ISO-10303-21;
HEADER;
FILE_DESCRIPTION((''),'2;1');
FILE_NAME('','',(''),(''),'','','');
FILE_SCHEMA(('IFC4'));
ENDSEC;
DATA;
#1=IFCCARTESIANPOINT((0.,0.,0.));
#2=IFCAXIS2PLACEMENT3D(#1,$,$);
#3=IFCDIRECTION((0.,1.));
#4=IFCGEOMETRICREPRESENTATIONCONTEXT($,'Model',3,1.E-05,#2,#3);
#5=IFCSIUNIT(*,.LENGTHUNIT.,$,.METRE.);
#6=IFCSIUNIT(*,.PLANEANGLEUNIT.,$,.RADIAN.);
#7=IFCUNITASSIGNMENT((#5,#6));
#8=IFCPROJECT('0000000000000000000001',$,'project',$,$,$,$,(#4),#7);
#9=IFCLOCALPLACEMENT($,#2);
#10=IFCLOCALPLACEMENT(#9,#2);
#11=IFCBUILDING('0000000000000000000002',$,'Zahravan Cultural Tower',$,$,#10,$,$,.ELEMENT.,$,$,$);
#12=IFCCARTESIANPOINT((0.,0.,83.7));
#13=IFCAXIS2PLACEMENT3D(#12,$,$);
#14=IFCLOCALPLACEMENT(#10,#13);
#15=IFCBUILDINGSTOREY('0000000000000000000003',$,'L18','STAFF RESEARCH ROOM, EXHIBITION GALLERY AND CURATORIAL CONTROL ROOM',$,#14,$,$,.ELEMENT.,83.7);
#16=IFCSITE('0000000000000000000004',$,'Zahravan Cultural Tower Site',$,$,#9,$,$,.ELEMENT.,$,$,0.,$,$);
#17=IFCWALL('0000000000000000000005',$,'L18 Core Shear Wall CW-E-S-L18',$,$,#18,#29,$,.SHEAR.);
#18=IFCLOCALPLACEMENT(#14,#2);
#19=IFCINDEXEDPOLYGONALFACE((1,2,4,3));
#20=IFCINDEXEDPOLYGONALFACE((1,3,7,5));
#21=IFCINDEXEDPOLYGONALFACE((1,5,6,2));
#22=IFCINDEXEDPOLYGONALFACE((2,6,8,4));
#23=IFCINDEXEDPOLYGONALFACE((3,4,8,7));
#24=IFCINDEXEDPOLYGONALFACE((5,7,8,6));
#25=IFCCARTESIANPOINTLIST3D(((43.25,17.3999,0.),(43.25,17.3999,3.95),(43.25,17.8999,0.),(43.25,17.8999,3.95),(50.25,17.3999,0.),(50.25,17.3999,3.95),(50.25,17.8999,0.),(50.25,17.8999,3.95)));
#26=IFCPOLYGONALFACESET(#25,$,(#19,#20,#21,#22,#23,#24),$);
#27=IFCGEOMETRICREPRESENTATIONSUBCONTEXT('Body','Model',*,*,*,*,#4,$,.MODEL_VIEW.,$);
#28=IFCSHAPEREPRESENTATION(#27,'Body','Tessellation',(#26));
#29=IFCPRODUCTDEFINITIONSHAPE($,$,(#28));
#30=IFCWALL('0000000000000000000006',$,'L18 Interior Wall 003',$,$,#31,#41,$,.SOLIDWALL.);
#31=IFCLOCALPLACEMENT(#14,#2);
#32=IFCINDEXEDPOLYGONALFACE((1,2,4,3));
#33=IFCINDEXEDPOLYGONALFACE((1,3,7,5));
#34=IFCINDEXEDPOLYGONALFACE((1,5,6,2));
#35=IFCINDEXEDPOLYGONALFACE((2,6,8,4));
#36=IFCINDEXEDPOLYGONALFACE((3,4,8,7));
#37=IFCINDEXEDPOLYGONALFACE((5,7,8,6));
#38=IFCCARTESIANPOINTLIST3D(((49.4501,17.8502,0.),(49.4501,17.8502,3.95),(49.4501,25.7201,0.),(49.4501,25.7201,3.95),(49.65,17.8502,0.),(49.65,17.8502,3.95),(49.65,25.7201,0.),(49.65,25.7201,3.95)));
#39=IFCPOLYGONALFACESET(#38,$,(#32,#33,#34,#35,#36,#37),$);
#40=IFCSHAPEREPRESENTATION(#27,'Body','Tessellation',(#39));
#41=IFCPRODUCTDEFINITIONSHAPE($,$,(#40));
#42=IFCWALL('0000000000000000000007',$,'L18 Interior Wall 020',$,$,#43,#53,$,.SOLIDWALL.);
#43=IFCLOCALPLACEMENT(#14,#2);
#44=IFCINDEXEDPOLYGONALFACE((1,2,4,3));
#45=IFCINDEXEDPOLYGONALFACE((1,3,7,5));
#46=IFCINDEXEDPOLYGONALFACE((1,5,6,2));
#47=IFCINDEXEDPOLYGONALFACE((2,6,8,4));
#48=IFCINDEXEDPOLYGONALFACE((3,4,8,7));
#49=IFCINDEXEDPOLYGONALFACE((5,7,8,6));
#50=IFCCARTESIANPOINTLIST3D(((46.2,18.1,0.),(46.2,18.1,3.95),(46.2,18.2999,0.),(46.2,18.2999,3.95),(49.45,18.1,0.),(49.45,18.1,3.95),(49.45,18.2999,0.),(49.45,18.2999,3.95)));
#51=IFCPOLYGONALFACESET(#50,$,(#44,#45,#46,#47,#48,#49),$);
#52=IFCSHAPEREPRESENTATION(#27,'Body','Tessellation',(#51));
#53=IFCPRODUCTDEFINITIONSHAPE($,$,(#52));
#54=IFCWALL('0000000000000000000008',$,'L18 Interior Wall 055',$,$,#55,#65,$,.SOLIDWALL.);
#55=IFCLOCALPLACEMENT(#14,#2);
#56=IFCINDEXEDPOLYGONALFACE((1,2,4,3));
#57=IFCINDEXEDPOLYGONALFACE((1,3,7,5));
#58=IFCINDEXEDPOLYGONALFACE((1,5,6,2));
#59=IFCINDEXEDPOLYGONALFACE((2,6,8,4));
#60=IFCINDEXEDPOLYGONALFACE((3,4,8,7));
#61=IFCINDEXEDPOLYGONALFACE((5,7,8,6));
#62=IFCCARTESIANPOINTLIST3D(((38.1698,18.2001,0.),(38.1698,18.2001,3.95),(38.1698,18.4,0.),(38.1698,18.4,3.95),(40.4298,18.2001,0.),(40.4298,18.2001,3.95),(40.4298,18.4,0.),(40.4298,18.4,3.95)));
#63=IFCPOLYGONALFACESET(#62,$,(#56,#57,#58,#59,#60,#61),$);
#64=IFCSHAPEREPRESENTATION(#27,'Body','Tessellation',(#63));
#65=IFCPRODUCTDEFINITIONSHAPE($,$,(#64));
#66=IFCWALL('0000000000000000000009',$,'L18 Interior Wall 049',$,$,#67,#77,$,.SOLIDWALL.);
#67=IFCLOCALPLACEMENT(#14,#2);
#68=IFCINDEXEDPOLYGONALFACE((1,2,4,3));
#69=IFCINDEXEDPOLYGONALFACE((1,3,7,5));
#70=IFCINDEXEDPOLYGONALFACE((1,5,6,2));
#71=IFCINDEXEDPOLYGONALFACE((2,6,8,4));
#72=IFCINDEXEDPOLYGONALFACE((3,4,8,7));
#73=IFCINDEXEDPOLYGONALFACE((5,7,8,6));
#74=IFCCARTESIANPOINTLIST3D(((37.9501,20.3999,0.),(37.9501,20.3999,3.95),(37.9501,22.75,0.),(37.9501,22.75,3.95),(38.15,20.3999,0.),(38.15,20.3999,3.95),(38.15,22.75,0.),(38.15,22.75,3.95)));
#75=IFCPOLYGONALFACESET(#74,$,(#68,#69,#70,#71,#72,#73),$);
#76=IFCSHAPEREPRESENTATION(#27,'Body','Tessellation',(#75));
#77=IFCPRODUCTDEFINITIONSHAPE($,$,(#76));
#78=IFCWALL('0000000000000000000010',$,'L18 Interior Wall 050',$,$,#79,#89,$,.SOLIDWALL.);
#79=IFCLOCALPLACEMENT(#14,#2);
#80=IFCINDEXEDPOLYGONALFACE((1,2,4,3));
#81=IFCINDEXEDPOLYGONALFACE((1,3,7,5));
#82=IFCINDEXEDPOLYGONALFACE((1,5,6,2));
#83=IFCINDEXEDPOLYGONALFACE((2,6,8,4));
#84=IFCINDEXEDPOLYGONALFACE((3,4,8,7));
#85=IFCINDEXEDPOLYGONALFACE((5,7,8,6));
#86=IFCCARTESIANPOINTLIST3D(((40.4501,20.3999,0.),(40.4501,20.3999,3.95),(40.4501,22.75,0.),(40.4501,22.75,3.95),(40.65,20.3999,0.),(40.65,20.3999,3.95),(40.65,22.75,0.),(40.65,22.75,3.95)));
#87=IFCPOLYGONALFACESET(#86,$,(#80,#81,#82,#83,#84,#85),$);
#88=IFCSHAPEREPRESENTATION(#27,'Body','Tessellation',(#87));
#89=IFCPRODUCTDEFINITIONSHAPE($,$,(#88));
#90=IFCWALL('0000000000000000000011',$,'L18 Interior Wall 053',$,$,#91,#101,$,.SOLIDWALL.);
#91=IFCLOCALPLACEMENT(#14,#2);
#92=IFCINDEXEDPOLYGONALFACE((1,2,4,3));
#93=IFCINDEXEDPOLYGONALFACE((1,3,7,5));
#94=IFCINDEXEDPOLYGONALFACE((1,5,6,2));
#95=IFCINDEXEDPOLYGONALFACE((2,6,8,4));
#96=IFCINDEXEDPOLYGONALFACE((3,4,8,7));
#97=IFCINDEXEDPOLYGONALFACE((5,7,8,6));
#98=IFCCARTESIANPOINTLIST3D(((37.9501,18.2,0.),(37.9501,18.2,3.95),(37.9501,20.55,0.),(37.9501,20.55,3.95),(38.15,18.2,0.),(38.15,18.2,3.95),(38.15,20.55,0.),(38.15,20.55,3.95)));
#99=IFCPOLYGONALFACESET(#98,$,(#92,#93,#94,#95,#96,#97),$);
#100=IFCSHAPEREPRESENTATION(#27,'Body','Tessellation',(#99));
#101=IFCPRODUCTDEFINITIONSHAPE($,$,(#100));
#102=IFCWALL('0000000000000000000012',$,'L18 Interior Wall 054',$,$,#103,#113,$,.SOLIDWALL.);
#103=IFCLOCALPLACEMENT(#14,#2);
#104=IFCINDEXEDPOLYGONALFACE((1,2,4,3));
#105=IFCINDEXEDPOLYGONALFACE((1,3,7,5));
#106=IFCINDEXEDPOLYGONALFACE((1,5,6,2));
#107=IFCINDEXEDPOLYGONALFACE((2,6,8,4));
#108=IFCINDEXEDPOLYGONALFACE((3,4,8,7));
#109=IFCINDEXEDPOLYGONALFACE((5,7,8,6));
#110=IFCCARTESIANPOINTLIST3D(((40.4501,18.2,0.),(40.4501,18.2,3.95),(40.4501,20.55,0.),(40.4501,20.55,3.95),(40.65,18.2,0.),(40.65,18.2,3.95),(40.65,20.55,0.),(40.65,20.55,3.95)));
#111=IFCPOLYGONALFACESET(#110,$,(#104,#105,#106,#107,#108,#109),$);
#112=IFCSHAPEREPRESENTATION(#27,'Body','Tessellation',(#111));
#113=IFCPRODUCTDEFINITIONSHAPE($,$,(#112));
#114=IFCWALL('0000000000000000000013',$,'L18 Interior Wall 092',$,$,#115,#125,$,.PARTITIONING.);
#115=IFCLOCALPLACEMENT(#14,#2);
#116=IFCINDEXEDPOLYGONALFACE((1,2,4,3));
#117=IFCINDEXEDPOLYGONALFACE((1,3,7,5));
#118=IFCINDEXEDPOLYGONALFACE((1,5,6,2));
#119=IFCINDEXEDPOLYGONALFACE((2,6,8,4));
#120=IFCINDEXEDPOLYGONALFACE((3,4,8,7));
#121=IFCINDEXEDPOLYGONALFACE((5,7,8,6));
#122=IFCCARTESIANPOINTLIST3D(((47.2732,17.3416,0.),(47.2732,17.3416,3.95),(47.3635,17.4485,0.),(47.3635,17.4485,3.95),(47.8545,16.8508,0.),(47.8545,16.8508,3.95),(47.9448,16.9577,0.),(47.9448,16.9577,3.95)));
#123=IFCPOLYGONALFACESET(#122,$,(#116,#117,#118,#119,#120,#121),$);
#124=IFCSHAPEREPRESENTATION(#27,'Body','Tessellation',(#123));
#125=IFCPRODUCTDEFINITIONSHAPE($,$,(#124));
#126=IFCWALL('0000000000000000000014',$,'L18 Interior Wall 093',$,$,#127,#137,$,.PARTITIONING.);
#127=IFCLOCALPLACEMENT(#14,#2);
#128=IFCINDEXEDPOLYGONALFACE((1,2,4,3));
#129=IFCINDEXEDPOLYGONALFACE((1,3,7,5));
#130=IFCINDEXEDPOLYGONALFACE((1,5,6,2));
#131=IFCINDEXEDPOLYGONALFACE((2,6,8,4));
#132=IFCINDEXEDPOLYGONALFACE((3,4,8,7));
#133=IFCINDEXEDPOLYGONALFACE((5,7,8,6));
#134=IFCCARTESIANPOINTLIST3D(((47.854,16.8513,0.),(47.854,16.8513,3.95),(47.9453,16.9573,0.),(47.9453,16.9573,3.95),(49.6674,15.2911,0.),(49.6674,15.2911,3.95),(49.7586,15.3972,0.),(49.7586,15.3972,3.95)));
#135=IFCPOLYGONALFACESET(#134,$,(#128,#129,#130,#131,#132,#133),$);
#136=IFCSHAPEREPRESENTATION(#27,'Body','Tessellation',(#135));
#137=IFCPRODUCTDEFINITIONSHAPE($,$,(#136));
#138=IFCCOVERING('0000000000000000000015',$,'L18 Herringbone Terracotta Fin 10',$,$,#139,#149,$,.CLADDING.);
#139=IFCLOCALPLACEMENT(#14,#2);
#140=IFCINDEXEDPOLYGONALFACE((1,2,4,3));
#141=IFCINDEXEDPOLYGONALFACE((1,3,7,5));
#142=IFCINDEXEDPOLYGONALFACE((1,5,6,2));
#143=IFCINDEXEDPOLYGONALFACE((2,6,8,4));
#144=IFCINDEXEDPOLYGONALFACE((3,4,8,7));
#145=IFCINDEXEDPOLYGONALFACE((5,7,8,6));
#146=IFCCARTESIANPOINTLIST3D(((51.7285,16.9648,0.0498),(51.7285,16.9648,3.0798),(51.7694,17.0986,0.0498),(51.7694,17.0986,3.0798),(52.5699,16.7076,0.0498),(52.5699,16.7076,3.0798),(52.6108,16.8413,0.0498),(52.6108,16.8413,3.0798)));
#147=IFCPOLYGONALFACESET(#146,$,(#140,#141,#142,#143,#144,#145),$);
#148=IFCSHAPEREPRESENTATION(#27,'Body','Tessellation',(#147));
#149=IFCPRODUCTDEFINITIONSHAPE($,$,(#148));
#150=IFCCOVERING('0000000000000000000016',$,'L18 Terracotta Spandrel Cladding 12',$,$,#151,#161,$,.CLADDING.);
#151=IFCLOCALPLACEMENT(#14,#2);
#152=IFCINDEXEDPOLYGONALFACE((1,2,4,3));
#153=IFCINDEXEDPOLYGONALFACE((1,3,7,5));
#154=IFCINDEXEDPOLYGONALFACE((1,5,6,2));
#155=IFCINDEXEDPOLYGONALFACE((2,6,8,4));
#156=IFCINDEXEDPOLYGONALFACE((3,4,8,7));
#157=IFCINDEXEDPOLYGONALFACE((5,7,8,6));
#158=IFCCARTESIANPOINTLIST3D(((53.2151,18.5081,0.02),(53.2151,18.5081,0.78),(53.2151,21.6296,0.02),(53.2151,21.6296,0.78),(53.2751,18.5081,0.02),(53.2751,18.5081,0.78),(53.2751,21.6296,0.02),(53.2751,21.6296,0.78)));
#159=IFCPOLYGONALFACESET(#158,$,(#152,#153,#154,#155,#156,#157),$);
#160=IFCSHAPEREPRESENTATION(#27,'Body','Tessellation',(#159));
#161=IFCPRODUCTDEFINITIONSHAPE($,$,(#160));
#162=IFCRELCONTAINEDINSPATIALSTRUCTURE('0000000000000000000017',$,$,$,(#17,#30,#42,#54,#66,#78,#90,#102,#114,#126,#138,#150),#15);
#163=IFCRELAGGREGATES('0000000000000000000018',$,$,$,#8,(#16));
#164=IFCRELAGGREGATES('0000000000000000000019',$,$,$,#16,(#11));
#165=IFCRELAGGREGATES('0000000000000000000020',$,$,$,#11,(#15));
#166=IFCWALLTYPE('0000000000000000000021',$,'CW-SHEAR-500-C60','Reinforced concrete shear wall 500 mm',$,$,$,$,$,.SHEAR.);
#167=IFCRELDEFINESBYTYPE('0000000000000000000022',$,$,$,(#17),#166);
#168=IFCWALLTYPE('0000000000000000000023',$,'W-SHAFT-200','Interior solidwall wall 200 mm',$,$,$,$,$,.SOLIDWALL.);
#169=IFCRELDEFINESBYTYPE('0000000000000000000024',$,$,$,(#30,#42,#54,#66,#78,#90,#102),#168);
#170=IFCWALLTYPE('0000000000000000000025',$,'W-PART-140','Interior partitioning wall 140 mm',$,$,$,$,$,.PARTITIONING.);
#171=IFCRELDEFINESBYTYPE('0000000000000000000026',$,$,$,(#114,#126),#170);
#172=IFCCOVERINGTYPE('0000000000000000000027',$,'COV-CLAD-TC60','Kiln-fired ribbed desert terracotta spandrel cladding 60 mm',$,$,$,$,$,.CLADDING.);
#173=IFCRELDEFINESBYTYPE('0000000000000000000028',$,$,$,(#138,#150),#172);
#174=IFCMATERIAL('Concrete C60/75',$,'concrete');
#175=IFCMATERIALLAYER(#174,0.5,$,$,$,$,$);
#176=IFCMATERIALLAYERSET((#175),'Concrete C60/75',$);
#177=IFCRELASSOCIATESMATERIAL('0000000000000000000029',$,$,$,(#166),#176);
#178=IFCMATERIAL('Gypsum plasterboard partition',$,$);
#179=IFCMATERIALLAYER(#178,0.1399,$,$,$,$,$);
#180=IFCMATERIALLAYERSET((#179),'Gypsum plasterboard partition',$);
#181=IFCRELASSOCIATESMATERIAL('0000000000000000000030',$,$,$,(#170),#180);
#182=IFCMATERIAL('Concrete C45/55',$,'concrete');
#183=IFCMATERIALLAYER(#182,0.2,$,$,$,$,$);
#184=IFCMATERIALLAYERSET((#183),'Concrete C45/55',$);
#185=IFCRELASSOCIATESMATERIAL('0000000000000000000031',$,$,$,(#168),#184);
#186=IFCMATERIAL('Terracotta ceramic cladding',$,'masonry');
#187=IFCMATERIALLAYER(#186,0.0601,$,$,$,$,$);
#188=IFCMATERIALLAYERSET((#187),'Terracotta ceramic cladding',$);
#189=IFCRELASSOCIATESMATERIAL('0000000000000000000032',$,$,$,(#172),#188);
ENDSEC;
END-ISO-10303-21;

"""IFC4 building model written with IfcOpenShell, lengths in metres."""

from ifc_helpers import new_model, si_unit, direction, frame, frame_2d, origin, origin_2d, place, context, subcontext, project, spatial, rectangle, extrude, source, transform, mapped, material, layer, layer_set, type_object, element, save


model = new_model("IFC4")

# Units and contexts
model_context = context("Model", 3, precision=1e-05, world=origin(), true_north=direction((0.0, 1.0)))
body_context = subcontext(model_context, "Body", "Model", "MODEL_VIEW")
ifc_project = project(units=[si_unit("LENGTHUNIT", "METRE"), si_unit("PLANEANGLEUNIT", "RADIAN")], contexts=[model_context])

# Site, building, storey
site_placement = place(None, origin())
site = spatial("IfcSite", under=ifc_project, at=site_placement, Name="Zahravan Cultural Tower Site", CompositionType="ELEMENT", RefElevation=0.0)
building_placement = place(site_placement, origin())
building = spatial("IfcBuilding", under=site, at=building_placement, Name="Zahravan Cultural Tower", CompositionType="ELEMENT")
storey_placement = place(building_placement, frame((0.0, 0.0, 83.7)))
storey = spatial("IfcBuildingStorey", under=building, at=storey_placement, Name="L18", Description="STAFF RESEARCH ROOM, EXHIBITION GALLERY AND CURATORIAL CONTROL ROOM", CompositionType="ELEMENT", Elevation=83.7)

# Shared definitions
ifc_material_1 = material(Name="Concrete C60/75", Category="concrete")

# Shared definitions
ifc_layer_1 = layer(ifc_material_1, 0.5)
ifc_layer_set_1 = layer_set([ifc_layer_1], Name="Concrete C60/75")
wall_type_1 = type_object("IfcWallType", Name="CW-SHEAR-500-C60", Description="Reinforced concrete shear wall 500 mm", PredefinedType="SHEAR", material=ifc_layer_set_1)

# Shared definitions
ifc_material_2 = material(Name="Gypsum plasterboard partition")
ifc_layer_2 = layer(ifc_material_2, 0.1399)
ifc_layer_set_2 = layer_set([ifc_layer_2], Name="Gypsum plasterboard partition")
wall_type_2 = type_object("IfcWallType", Name="W-PART-140", Description="Interior partitioning wall 140 mm", PredefinedType="PARTITIONING", material=ifc_layer_set_2)
ifc_material_3 = material(Name="Concrete C45/55", Category="concrete")
ifc_layer_3 = layer(ifc_material_3, 0.2)
ifc_layer_set_3 = layer_set([ifc_layer_3], Name="Concrete C45/55")
wall_type_3 = type_object("IfcWallType", Name="W-SHAFT-200", Description="Interior solidwall wall 200 mm", PredefinedType="SOLIDWALL", material=ifc_layer_set_3)

# Walls
shared_shape_1 = source(origin(), body_context, "Body", "SweptSolid", [
    extrude(rectangle(XDim=7.0, YDim=0.5, at=frame_2d((3.5, 0.0))), origin(), (0.0, 0.0, 1.0), 3.95),
])
wall_1_placement = place(storey_placement, frame((43.25, 17.6499, 0.0), z_axis=(0.0, 0.0, 1.0), x_axis=(1.0, 0.0, 0.0)))
element("IfcWall", 1, at=wall_1_placement, inside=storey, type_object=wall_type_1, Name="L18 Core Shear Wall CW-E-S-L18", PredefinedType="SHEAR", context=body_context, shape_type="MappedRepresentation", body=[
    mapped(shared_shape_1, transform((0.0, 0.0, 0.0), x_axis=(1.0, 0.0, 0.0), y_axis=(0.0, 1.0, 0.0), z_axis=(0.0, 0.0, 1.0), scale=1.0)),
])
shared_shape_2 = source(origin(), body_context, "Body", "SweptSolid", [
    extrude(rectangle(XDim=7.8699, YDim=0.2, at=frame_2d((3.9351, 0.0))), origin(), (0.0, 0.0, 1.0), 3.95),
])
wall_2_placement = place(storey_placement, frame((49.55, 17.8501, 0.0), z_axis=(0.0, 0.0, 1.0), x_axis=(0.0, 1.0, 0.0)))
element("IfcWall", 2, at=wall_2_placement, inside=storey, type_object=wall_type_3, Name="L18 Interior Wall 003", PredefinedType="SOLIDWALL", context=body_context, shape_type="MappedRepresentation", body=[
    mapped(shared_shape_2, transform((0.0, 0.0, 0.0), x_axis=(1.0, 0.0, 0.0), y_axis=(0.0, 1.0, 0.0), z_axis=(0.0, 0.0, 1.0), scale=1.0)),
])
shared_shape_3 = source(origin(), body_context, "Body", "SweptSolid", [
    extrude(rectangle(XDim=3.25, YDim=0.2, at=frame_2d((1.625, 0.0))), origin(), (0.0, 0.0, 1.0), 3.95),
])
wall_3_placement = place(storey_placement, frame((46.2, 18.2, 0.0), z_axis=(0.0, 0.0, 1.0), x_axis=(1.0, 0.0, 0.0)))
element("IfcWall", 3, at=wall_3_placement, inside=storey, type_object=wall_type_3, Name="L18 Interior Wall 020", PredefinedType="SOLIDWALL", context=body_context, shape_type="MappedRepresentation", body=[
    mapped(shared_shape_3, transform((0.0, 0.0, 0.0), x_axis=(1.0, 0.0, 0.0), y_axis=(0.0, 1.0, 0.0), z_axis=(0.0, 0.0, 1.0), scale=1.0)),
])
shared_shape_4 = source(origin(), body_context, "Body", "SweptSolid", [
    extrude(rectangle(XDim=2.26, YDim=0.2, at=frame_2d((1.1299, 0.0))), origin(), (0.0, 0.0, 1.0), 3.95),
])
wall_4_placement = place(storey_placement, frame((38.1699, 18.3, 0.0), z_axis=(0.0, 0.0, 1.0), x_axis=(1.0, 0.0, 0.0)))
element("IfcWall", 4, at=wall_4_placement, inside=storey, type_object=wall_type_3, Name="L18 Interior Wall 055", PredefinedType="SOLIDWALL", context=body_context, shape_type="MappedRepresentation", body=[
    mapped(shared_shape_4, transform((0.0, 0.0, 0.0), x_axis=(1.0, 0.0, 0.0), y_axis=(0.0, 1.0, 0.0), z_axis=(0.0, 0.0, 1.0), scale=1.0)),
])
shared_shape_5 = source(origin(), body_context, "Body", "SweptSolid", [
    extrude(rectangle(XDim=2.3501, YDim=0.2, at=frame_2d((1.175, 0.0))), origin(), (0.0, 0.0, 1.0), 3.95),
])
for number, where, z_axis, x_axis, name in (
    (5, (38.05, 20.3999, 0.0), (0.0, 0.0, 1.0), (0.0, 1.0, 0.0), "L18 Interior Wall 049"),
    (6, (40.55, 20.3999, 0.0), (0.0, 0.0, 1.0), (0.0, 1.0, 0.0), "L18 Interior Wall 050"),
    (7, (38.05, 18.2, 0.0), (0.0, 0.0, 1.0), (0.0, 1.0, 0.0), "L18 Interior Wall 053"),
    (8, (40.55, 18.2, 0.0), (0.0, 0.0, 1.0), (0.0, 1.0, 0.0), "L18 Interior Wall 054"),
):
    element("IfcWall", number, at=place(storey_placement, frame(where, z_axis=z_axis, x_axis=x_axis)), inside=storey, type_object=wall_type_3, Name=name, PredefinedType="SOLIDWALL", context=body_context, shape_type="MappedRepresentation", body=[
        mapped(shared_shape_5, transform((0.0, 0.0, 0.0), x_axis=(1.0, 0.0, 0.0), y_axis=(0.0, 1.0, 0.0), z_axis=(0.0, 0.0, 1.0), scale=1.0)),
    ])
shared_shape_6 = source(origin(), body_context, "Body", "SweptSolid", [
    extrude(rectangle(XDim=0.7607, YDim=0.1399, at=frame_2d((0.3804, 0.0))), origin(), (0.0, 0.0, 1.0), 3.95),
])
wall_5_placement = place(storey_placement, frame((47.3184, 17.395, 0.0), z_axis=(0.0, 0.0, 1.0), x_axis=(0.764128, -0.645064, 0.0)))
element("IfcWall", 9, at=wall_5_placement, inside=storey, type_object=wall_type_2, Name="L18 Interior Wall 092", PredefinedType="PARTITIONING", context=body_context, shape_type="MappedRepresentation", body=[
    mapped(shared_shape_6, transform((0.0, 0.0, 0.0), x_axis=(1.0, 0.0, 0.0), y_axis=(0.0, 1.0, 0.0), z_axis=(0.0, 0.0, 1.0), scale=1.0)),
])
shared_shape_7 = source(origin(), body_context, "Body", "SweptSolid", [
    extrude(rectangle(XDim=2.3921, YDim=0.1399, at=frame_2d((1.196, 0.0))), origin(), (0.0, 0.0, 1.0), 3.95),
])
wall_6_placement = place(storey_placement, frame((47.8997, 16.9043, 0.0), z_axis=(0.0, 0.0, 1.0), x_axis=(0.758045, -0.652202, 0.0)))
element("IfcWall", 10, at=wall_6_placement, inside=storey, type_object=wall_type_2, Name="L18 Interior Wall 093", PredefinedType="PARTITIONING", context=body_context, shape_type="MappedRepresentation", body=[
    mapped(shared_shape_7, transform((0.0, 0.0, 0.0), x_axis=(1.0, 0.0, 0.0), y_axis=(0.0, 1.0, 0.0), z_axis=(0.0, 0.0, 1.0), scale=1.0)),
])

# Coverings
ifc_material_4 = material(Name="Terracotta ceramic cladding", Category="masonry")
ifc_layer_4 = layer(ifc_material_4, 0.0601)
ifc_layer_set_4 = layer_set([ifc_layer_4], Name="Terracotta ceramic cladding")
covering_type = type_object("IfcCoveringType", Name="COV-CLAD-TC60", Description="Kiln-fired ribbed desert terracotta spandrel cladding 60 mm", PredefinedType="CLADDING", material=ifc_layer_set_4)
shared_shape_8 = source(origin(), body_context, "Body", "SweptSolid", [
    extrude(rectangle(XDim=0.8799, YDim=0.1399, at=origin_2d()), origin(), (0.0, 0.0, 1.0), 3.03),
])
covering_1_placement = place(storey_placement, frame((52.1697, 16.9031, 0.0498), z_axis=(0.0, 0.0, 1.0), x_axis=(0.956305, -0.292372, 0.0)))
element("IfcCovering", 11, at=covering_1_placement, inside=storey, type_object=covering_type, Name="L18 Herringbone Terracotta Fin 10", PredefinedType="CLADDING", context=body_context, shape_type="MappedRepresentation", body=[
    mapped(shared_shape_8, transform((0.0, 0.0, 0.0), x_axis=(1.0, 0.0, 0.0), y_axis=(0.0, 1.0, 0.0), z_axis=(0.0, 0.0, 1.0), scale=1.0)),
])
shared_shape_9 = source(origin(), body_context, "Body", "SweptSolid", [
    extrude(rectangle(XDim=3.1216, YDim=0.0601, at=origin_2d()), origin(), (0.0, 0.0, 1.0), 0.76),
])
covering_2_placement = place(storey_placement, frame((53.2451, 20.0688, 0.02), z_axis=(0.0, 0.0, 1.0), x_axis=(0.0, -1.0, 0.0)))
element("IfcCovering", 12, at=covering_2_placement, inside=storey, type_object=covering_type, Name="L18 Terracotta Spandrel Cladding 12", PredefinedType="CLADDING", context=body_context, shape_type="MappedRepresentation", body=[
    mapped(shared_shape_9, transform((0.0, 0.0, 0.0), x_axis=(1.0, 0.0, 0.0), y_axis=(0.0, 1.0, 0.0), z_axis=(0.0, 0.0, 1.0), scale=1.0)),
])

save(model, "model.ifc")
